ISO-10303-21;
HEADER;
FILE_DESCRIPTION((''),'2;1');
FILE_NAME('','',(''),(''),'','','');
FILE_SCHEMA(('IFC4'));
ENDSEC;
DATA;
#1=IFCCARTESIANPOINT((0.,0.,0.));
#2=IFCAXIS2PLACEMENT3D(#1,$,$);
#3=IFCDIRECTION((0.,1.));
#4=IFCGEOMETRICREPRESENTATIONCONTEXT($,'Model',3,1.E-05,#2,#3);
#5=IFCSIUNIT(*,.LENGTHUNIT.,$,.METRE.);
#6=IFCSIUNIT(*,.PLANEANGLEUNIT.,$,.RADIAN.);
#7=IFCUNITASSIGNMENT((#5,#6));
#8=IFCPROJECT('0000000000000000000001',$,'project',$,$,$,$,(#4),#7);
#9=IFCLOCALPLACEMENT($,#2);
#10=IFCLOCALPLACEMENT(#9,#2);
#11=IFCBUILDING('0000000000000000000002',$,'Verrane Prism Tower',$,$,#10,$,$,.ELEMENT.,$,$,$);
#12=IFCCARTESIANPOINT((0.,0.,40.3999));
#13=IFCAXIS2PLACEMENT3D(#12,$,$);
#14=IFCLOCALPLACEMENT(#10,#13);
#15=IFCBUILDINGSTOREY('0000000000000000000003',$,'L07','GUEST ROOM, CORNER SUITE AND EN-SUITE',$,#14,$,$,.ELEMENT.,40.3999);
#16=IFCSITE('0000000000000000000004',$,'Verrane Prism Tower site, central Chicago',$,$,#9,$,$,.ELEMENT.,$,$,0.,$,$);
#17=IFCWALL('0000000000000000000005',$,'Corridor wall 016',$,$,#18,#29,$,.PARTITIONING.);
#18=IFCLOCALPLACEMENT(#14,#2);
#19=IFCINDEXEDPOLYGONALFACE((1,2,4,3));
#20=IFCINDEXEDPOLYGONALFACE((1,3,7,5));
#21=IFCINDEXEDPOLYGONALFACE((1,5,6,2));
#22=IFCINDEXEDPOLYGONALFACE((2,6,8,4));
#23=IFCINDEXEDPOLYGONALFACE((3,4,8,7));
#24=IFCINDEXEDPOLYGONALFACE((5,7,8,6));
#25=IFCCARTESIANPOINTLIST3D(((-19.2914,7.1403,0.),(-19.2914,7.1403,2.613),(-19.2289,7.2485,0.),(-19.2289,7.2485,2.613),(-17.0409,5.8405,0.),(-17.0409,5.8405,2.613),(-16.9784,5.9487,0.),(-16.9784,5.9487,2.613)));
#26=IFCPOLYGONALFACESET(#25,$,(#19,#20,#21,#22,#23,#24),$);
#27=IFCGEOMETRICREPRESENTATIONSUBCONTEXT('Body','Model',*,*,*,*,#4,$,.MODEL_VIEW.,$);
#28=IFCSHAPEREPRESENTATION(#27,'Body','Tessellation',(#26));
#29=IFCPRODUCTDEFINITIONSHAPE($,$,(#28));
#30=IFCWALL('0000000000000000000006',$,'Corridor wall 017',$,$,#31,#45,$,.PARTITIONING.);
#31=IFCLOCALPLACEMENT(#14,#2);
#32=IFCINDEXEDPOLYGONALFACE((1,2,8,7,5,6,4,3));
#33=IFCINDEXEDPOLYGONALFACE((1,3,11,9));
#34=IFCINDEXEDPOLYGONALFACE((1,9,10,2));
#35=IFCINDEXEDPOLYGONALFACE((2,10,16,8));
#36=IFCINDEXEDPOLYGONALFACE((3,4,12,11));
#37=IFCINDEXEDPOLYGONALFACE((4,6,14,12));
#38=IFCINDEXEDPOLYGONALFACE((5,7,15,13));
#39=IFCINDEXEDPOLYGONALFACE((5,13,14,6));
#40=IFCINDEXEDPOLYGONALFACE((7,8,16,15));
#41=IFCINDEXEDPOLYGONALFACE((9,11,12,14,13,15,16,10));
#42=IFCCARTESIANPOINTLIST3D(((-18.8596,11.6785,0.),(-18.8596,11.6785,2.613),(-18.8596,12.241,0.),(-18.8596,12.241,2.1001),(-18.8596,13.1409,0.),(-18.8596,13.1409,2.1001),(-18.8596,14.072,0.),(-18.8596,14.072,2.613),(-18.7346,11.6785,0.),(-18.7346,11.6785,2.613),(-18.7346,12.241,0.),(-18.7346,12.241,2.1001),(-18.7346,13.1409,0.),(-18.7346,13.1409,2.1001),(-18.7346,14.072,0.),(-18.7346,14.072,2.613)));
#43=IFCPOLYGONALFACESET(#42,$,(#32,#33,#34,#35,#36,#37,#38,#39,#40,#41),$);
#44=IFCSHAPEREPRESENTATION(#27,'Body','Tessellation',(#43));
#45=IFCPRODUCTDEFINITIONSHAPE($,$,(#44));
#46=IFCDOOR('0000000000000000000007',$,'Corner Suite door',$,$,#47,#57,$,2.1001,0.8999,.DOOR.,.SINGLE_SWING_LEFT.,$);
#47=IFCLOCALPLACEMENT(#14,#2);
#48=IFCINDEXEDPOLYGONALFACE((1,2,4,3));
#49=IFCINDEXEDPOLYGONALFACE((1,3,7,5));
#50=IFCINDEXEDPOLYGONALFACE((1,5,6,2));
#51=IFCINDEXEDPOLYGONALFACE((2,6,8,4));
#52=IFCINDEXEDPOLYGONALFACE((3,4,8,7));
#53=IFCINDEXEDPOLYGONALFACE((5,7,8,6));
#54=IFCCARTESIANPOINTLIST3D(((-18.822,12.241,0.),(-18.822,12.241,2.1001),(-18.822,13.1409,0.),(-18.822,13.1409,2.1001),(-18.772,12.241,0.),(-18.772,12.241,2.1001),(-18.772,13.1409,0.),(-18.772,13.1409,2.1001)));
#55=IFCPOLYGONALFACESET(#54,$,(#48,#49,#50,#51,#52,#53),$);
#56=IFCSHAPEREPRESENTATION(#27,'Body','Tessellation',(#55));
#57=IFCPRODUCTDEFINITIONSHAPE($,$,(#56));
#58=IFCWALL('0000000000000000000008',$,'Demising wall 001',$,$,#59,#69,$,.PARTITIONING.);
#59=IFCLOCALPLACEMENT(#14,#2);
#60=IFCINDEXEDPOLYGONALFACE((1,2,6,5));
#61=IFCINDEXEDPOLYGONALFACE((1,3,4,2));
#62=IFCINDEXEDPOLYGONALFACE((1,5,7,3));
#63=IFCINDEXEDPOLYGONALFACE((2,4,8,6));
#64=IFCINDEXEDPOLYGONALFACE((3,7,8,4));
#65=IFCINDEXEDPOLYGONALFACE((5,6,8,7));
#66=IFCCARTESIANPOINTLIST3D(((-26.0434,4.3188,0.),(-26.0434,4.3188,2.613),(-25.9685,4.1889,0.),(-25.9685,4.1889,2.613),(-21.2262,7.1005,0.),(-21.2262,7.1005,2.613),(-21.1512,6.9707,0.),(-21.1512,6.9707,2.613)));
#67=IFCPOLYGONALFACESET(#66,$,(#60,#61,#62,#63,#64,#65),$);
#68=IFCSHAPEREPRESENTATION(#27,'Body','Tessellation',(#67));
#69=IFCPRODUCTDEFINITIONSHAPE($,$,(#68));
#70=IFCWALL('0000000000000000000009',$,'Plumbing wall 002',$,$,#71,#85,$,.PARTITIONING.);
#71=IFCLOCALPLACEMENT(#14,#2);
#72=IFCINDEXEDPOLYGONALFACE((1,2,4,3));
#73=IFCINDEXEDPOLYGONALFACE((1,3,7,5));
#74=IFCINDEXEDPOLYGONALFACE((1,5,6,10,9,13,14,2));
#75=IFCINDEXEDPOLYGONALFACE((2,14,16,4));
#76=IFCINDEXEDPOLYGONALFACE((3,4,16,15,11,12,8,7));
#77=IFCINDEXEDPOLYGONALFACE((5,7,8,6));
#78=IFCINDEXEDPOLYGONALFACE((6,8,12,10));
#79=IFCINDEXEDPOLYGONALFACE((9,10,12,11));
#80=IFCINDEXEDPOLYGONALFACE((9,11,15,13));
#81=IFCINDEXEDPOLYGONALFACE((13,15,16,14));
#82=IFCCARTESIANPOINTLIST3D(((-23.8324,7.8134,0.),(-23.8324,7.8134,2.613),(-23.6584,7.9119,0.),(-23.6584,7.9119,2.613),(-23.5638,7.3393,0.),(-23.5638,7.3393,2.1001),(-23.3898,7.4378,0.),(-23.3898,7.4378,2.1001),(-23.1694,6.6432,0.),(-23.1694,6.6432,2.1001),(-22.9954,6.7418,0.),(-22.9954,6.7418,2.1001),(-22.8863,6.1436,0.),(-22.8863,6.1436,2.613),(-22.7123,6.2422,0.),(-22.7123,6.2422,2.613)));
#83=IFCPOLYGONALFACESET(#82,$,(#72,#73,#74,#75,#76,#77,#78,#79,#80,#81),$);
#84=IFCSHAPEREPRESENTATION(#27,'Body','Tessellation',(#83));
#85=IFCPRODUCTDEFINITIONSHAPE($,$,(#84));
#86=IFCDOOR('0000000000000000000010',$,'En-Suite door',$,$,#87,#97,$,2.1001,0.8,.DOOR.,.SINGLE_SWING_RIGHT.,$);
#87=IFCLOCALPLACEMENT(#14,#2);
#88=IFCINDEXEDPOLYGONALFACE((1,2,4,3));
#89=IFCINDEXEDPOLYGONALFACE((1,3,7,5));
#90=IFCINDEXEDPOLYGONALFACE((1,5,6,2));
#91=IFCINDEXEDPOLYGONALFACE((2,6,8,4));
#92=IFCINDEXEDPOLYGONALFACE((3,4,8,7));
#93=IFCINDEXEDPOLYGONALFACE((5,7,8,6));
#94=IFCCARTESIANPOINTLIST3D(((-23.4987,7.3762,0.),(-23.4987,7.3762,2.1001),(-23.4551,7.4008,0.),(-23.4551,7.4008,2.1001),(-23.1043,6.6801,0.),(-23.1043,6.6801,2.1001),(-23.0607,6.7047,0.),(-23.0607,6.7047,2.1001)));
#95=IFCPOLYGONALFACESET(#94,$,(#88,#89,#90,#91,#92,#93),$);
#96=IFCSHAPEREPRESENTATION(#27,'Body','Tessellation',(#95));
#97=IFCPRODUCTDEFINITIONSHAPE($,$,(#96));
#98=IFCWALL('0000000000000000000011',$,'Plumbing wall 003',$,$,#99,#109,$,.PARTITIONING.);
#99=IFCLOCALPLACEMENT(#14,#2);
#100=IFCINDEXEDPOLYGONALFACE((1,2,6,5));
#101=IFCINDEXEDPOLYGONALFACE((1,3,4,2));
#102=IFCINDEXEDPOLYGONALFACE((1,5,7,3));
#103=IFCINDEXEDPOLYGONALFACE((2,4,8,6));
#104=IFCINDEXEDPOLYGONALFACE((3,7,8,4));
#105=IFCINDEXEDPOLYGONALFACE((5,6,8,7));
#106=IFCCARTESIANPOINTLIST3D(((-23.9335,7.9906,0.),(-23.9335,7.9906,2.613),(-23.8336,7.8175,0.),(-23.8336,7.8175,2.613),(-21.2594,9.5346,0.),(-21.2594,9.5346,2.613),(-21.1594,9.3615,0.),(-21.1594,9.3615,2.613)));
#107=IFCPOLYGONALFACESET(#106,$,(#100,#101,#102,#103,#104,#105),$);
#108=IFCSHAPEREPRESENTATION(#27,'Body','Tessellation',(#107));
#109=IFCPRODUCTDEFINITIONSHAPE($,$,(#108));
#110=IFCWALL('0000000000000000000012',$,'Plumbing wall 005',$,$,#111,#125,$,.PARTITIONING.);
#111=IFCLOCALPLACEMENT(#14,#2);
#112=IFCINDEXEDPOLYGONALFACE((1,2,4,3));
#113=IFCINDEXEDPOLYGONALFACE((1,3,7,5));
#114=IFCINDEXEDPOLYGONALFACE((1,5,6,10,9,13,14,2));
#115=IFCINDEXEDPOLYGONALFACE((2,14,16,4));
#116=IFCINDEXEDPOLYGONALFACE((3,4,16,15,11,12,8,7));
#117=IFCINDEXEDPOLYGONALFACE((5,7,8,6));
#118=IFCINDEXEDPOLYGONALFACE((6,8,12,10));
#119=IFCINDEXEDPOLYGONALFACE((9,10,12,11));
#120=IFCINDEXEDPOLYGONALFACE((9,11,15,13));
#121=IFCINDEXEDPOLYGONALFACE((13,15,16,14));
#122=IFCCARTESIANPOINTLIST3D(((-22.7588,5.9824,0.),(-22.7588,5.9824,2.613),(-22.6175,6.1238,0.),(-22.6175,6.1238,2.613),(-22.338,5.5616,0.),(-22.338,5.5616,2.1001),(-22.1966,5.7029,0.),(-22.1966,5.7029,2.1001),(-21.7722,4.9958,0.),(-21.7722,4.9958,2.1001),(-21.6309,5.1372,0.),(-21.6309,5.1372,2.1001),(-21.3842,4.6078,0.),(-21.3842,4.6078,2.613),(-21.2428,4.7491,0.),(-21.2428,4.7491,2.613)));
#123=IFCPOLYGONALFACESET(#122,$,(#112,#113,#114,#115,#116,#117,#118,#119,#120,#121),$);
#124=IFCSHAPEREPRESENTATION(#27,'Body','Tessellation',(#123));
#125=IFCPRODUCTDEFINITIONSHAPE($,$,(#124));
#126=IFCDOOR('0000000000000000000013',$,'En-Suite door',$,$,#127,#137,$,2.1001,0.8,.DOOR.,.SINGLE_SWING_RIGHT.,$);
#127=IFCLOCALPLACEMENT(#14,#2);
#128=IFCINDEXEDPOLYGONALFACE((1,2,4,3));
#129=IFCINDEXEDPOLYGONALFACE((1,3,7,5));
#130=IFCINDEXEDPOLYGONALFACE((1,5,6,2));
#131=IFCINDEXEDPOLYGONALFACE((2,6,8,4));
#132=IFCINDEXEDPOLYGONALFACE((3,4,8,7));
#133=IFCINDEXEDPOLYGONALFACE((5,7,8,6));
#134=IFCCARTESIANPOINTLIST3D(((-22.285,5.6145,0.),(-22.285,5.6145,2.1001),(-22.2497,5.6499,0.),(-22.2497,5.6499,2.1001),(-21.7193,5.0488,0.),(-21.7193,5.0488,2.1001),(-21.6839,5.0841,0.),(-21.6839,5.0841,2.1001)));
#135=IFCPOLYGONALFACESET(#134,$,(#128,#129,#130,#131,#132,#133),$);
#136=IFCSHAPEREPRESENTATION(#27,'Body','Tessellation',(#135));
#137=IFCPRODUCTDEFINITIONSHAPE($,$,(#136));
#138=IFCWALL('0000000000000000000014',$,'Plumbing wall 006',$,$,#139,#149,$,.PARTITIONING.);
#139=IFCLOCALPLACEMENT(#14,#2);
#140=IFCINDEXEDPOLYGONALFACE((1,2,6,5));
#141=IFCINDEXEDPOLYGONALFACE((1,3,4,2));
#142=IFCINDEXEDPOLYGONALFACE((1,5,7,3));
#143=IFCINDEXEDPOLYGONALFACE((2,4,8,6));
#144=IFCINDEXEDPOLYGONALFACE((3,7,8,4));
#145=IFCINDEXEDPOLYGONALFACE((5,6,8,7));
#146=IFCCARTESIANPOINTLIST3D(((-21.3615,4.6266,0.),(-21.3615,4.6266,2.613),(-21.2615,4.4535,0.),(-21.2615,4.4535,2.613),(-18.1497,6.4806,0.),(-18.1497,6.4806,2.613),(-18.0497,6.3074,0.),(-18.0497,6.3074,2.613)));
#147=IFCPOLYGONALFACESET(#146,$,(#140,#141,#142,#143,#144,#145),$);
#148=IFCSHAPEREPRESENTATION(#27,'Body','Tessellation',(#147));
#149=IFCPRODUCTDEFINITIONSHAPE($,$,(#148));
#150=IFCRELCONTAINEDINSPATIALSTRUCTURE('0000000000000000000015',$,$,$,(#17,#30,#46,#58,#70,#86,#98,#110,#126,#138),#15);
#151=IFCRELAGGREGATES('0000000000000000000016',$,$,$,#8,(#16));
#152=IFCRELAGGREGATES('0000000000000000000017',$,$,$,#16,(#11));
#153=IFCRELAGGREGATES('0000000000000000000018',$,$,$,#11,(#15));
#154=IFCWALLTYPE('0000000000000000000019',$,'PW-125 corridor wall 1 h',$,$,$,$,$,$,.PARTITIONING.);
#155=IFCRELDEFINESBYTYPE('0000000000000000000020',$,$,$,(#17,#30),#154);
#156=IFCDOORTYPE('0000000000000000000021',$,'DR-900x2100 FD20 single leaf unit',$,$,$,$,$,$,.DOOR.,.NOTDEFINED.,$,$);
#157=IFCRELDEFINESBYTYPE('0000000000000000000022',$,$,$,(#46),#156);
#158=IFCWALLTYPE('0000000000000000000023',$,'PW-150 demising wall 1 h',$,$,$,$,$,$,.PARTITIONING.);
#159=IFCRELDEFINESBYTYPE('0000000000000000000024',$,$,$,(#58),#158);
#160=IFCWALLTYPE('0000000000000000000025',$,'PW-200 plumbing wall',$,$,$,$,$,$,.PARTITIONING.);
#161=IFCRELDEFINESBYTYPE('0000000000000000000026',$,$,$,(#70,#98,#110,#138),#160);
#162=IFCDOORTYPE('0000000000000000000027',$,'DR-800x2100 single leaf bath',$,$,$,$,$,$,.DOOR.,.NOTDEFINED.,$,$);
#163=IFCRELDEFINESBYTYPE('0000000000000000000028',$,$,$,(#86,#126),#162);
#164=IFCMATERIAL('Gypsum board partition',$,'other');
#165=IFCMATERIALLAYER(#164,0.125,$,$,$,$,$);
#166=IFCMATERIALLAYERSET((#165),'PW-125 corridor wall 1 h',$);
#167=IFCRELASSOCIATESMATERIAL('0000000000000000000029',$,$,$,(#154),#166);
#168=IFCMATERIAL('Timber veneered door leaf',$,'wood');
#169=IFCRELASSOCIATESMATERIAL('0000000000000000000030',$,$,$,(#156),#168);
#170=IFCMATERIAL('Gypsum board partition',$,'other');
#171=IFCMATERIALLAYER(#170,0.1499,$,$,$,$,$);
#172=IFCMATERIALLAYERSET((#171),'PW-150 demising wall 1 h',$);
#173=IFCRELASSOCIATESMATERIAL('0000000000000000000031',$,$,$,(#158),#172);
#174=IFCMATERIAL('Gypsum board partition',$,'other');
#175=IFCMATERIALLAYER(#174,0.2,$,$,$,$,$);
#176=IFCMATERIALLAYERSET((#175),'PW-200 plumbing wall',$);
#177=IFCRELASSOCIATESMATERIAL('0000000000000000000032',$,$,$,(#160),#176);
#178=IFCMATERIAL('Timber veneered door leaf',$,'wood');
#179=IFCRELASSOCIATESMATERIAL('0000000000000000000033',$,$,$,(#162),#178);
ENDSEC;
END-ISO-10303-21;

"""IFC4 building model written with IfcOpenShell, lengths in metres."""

from ifc_helpers import new_model, si_unit, direction, frame, frame_2d, origin, place, context, subcontext, project, spatial, rectangle, extrude, material, layer, layer_set, type_object, element, fill, save


model = new_model("IFC4")

# Units and contexts
model_context = context("Model", 3, precision=1e-05, world=origin(), true_north=direction((0.0, 1.0)))
body_context = subcontext(model_context, "Body", "Model", "MODEL_VIEW")
ifc_project = project(units=[si_unit("LENGTHUNIT", "METRE"), si_unit("PLANEANGLEUNIT", "RADIAN")], contexts=[model_context])

# Site, building, storey
site_placement = place(None, origin())
site = spatial("IfcSite", under=ifc_project, at=site_placement, Name="Verrane Prism Tower site, central Chicago", CompositionType="ELEMENT", RefElevation=0.0)
building_placement = place(site_placement, origin())
building = spatial("IfcBuilding", under=site, at=building_placement, Name="Verrane Prism Tower", CompositionType="ELEMENT")
storey_placement = place(building_placement, frame((0.0, 0.0, 40.3999)))
storey = spatial("IfcBuildingStorey", under=building, at=storey_placement, Name="L07", Description="GUEST ROOM, CORNER SUITE AND EN-SUITE", CompositionType="ELEMENT", Elevation=40.3999)

# Wall
ifc_material_1 = material(Name="Gypsum board partition", Category="other")
ifc_layer_1 = layer(ifc_material_1, 0.125)
ifc_layer_set_1 = layer_set([ifc_layer_1], Name="PW-125 corridor wall 1 h")
wall_type_1 = type_object("IfcWallType", Name="PW-125 corridor wall 1 h", PredefinedType="PARTITIONING", material=ifc_layer_set_1)
wall_1_placement = place(storey_placement, frame((-19.26, 7.1943, 0.0), z_axis=(0.0, 0.0, 1.0), x_axis=(0.865945, -0.50014, 0.0)))
element("IfcWall", 1, at=wall_1_placement, inside=storey, type_object=wall_type_1, Name="Corridor wall 016", PredefinedType="PARTITIONING", context=body_context, shape_type="SweptSolid", body=[
    extrude(rectangle(XDim=2.5989, YDim=0.125, at=frame_2d((1.2993, 0.0))), origin(), (0.0, 0.0, 1.0), 2.613),
])

# Wall, opening, door
wall_2_placement = place(storey_placement, frame((-18.7971, 11.6785, 0.0), z_axis=(0.0, 0.0, 1.0), x_axis=(0.0, 1.0, 0.0)))
wall_2 = element("IfcWall", 2, at=wall_2_placement, inside=storey, type_object=wall_type_1, Name="Corridor wall 017", PredefinedType="PARTITIONING", context=body_context, shape_type="SweptSolid", body=[
    extrude(rectangle(XDim=2.3936, YDim=0.125, at=frame_2d((1.1968, 0.0))), origin(), (0.0, 0.0, 1.0), 2.613),
])
opening_1_placement = place(wall_2_placement, frame((0.5625, 0.0, 0.0)))
opening_1 = element("IfcOpeningElement", 3, at=opening_1_placement, cuts=wall_2, PredefinedType="OPENING", context=body_context, shape_type="SweptSolid", body=[
    extrude(rectangle(XDim=0.8999, YDim=2.1001, at=frame_2d((0.45, 1.05))), frame((0.0, 0.0725, 0.0), z_axis=(0.0, -1.0, 0.0), x_axis=(1.0, 0.0, 0.0)), (0.0, 0.0, 1.0), 0.145),
])
ifc_material_2 = material(Name="Timber veneered door leaf", Category="wood")
door_type_1 = type_object("IfcDoorType", Name="DR-900x2100 FD20 single leaf unit", OperationType="NOTDEFINED", PredefinedType="DOOR", material=ifc_material_2)
door_1_placement = place(opening_1_placement, origin())
door_1 = element("IfcDoor", 4, at=door_1_placement, inside=storey, type_object=door_type_1, Name="Corner Suite door", OperationType="SINGLE_SWING_LEFT", OverallHeight=2.1001, OverallWidth=0.8999, PredefinedType="DOOR", context=body_context, shape_type="SweptSolid", body=[
    extrude(rectangle(XDim=0.8999, YDim=2.1001, at=frame_2d((0.45, 1.05))), frame((0.0, 0.0249, 0.0), z_axis=(0.0, -1.0, 0.0), x_axis=(1.0, 0.0, 0.0)), (0.0, 0.0, 1.0), 0.05),
])
fill(opening_1, door_1)

# Wall
ifc_material_3 = material(Name="Gypsum board partition", Category="other")
ifc_layer_2 = layer(ifc_material_3, 0.1499)
ifc_layer_set_2 = layer_set([ifc_layer_2], Name="PW-150 demising wall 1 h")
wall_type_2 = type_object("IfcWallType", Name="PW-150 demising wall 1 h", PredefinedType="PARTITIONING", material=ifc_layer_set_2)
wall_3_placement = place(storey_placement, frame((-26.0059, 4.2539, 0.0), z_axis=(0.0, 0.0, 1.0), x_axis=(0.865982, 0.500076, 0.0)))
element("IfcWall", 5, at=wall_3_placement, inside=storey, type_object=wall_type_2, Name="Demising wall 001", PredefinedType="PARTITIONING", context=body_context, shape_type="SweptSolid", body=[
    extrude(rectangle(XDim=5.5627, YDim=0.1499, at=frame_2d((2.7812, 0.0))), origin(), (0.0, 0.0, 1.0), 2.613),
])

# Wall, opening, door
ifc_material_4 = material(Name="Gypsum board partition", Category="other")
ifc_layer_3 = layer(ifc_material_4, 0.2)
ifc_layer_set_3 = layer_set([ifc_layer_3], Name="PW-200 plumbing wall")
wall_type_3 = type_object("IfcWallType", Name="PW-200 plumbing wall", PredefinedType="PARTITIONING", material=ifc_layer_set_3)
wall_4_placement = place(storey_placement, frame((-23.7454, 7.8625, 0.0), z_axis=(0.0, 0.0, 1.0), x_axis=(0.492971, -0.870046, 0.0)))
wall_4 = element("IfcWall", 6, at=wall_4_placement, inside=storey, type_object=wall_type_3, Name="Plumbing wall 002", PredefinedType="PARTITIONING", context=body_context, shape_type="SweptSolid", body=[
    extrude(rectangle(XDim=1.9192, YDim=0.2, at=frame_2d((0.9595, 0.0))), origin(), (0.0, 0.0, 1.0), 2.613),
])
opening_2_placement = place(wall_4_placement, frame((0.5449, 0.0, 0.0)))
opening_2 = element("IfcOpeningElement", 7, at=opening_2_placement, cuts=wall_4, PredefinedType="OPENING", context=body_context, shape_type="SweptSolid", body=[
    extrude(rectangle(XDim=0.8, YDim=2.1001, at=frame_2d((0.3999, 1.05))), frame((0.0, 0.1099, 0.0), z_axis=(0.0, -1.0, 0.0), x_axis=(1.0, 0.0, 0.0)), (0.0, 0.0, 1.0), 0.22),
])
ifc_material_5 = material(Name="Timber veneered door leaf", Category="wood")
door_type_2 = type_object("IfcDoorType", Name="DR-800x2100 single leaf bath", OperationType="NOTDEFINED", PredefinedType="DOOR", material=ifc_material_5)
door_2_placement = place(opening_2_placement, origin())
door_2 = element("IfcDoor", 8, at=door_2_placement, inside=storey, type_object=door_type_2, Name="En-Suite door", OperationType="SINGLE_SWING_RIGHT", OverallHeight=2.1001, OverallWidth=0.8, PredefinedType="DOOR", context=body_context, shape_type="SweptSolid", body=[
    extrude(rectangle(XDim=0.8, YDim=2.1001, at=frame_2d((0.3999, 1.05))), frame((0.0, 0.0249, 0.0), z_axis=(0.0, -1.0, 0.0), x_axis=(1.0, 0.0, 0.0)), (0.0, 0.0, 1.0), 0.05),
])
fill(opening_2, door_2)

# Wall
wall_5_placement = place(storey_placement, frame((-23.8835, 7.9041, 0.0), z_axis=(0.0, 0.0, 1.0), x_axis=(0.866016, 0.500017, 0.0)))
element("IfcWall", 9, at=wall_5_placement, inside=storey, type_object=wall_type_3, Name="Plumbing wall 003", PredefinedType="PARTITIONING", context=body_context, shape_type="SweptSolid", body=[
    extrude(rectangle(XDim=3.0879, YDim=0.2, at=frame_2d((1.5439, 0.0))), origin(), (0.0, 0.0, 1.0), 2.613),
])

# Wall, opening, door
wall_6_placement = place(storey_placement, frame((-22.6882, 6.0532, 0.0), z_axis=(0.0, 0.0, 1.0), x_axis=(0.707107, -0.707107, 0.0)))
wall_6 = element("IfcWall", 10, at=wall_6_placement, inside=storey, type_object=wall_type_3, Name="Plumbing wall 005", PredefinedType="PARTITIONING", context=body_context, shape_type="SweptSolid", body=[
    extrude(rectangle(XDim=1.9441, YDim=0.2, at=frame_2d((0.9722, 0.0))), origin(), (0.0, 0.0, 1.0), 2.613),
])
opening_3_placement = place(wall_6_placement, frame((0.5955, 0.0, 0.0)))
opening_3 = element("IfcOpeningElement", 11, at=opening_3_placement, cuts=wall_6, PredefinedType="OPENING", context=body_context, shape_type="SweptSolid", body=[
    extrude(rectangle(XDim=0.8, YDim=2.1001, at=frame_2d((0.3999, 1.05))), frame((0.0, 0.1099, 0.0), z_axis=(0.0, -1.0, 0.0), x_axis=(1.0, 0.0, 0.0)), (0.0, 0.0, 1.0), 0.22),
])
door_3_placement = place(opening_3_placement, origin())
door_3 = element("IfcDoor", 12, at=door_3_placement, inside=storey, type_object=door_type_2, Name="En-Suite door", OperationType="SINGLE_SWING_RIGHT", OverallHeight=2.1001, OverallWidth=0.8, PredefinedType="DOOR", context=body_context, shape_type="SweptSolid", body=[
    extrude(rectangle(XDim=0.8, YDim=2.1001, at=frame_2d((0.3999, 1.05))), frame((0.0, 0.0249, 0.0), z_axis=(0.0, -1.0, 0.0), x_axis=(1.0, 0.0, 0.0)), (0.0, 0.0, 1.0), 0.05),
])
fill(opening_3, door_3)

# Wall
wall_7_placement = place(storey_placement, frame((-21.3115, 4.54, 0.0), z_axis=(0.0, 0.0, 1.0), x_axis=(0.866072, 0.49992, 0.0)))
element("IfcWall", 13, at=wall_7_placement, inside=storey, type_object=wall_type_3, Name="Plumbing wall 006", PredefinedType="PARTITIONING", context=body_context, shape_type="SweptSolid", body=[
    extrude(rectangle(XDim=3.7085, YDim=0.2, at=frame_2d((1.8542, 0.0))), origin(), (0.0, 0.0, 1.0), 2.613),
])

save(model, "model.ifc")
